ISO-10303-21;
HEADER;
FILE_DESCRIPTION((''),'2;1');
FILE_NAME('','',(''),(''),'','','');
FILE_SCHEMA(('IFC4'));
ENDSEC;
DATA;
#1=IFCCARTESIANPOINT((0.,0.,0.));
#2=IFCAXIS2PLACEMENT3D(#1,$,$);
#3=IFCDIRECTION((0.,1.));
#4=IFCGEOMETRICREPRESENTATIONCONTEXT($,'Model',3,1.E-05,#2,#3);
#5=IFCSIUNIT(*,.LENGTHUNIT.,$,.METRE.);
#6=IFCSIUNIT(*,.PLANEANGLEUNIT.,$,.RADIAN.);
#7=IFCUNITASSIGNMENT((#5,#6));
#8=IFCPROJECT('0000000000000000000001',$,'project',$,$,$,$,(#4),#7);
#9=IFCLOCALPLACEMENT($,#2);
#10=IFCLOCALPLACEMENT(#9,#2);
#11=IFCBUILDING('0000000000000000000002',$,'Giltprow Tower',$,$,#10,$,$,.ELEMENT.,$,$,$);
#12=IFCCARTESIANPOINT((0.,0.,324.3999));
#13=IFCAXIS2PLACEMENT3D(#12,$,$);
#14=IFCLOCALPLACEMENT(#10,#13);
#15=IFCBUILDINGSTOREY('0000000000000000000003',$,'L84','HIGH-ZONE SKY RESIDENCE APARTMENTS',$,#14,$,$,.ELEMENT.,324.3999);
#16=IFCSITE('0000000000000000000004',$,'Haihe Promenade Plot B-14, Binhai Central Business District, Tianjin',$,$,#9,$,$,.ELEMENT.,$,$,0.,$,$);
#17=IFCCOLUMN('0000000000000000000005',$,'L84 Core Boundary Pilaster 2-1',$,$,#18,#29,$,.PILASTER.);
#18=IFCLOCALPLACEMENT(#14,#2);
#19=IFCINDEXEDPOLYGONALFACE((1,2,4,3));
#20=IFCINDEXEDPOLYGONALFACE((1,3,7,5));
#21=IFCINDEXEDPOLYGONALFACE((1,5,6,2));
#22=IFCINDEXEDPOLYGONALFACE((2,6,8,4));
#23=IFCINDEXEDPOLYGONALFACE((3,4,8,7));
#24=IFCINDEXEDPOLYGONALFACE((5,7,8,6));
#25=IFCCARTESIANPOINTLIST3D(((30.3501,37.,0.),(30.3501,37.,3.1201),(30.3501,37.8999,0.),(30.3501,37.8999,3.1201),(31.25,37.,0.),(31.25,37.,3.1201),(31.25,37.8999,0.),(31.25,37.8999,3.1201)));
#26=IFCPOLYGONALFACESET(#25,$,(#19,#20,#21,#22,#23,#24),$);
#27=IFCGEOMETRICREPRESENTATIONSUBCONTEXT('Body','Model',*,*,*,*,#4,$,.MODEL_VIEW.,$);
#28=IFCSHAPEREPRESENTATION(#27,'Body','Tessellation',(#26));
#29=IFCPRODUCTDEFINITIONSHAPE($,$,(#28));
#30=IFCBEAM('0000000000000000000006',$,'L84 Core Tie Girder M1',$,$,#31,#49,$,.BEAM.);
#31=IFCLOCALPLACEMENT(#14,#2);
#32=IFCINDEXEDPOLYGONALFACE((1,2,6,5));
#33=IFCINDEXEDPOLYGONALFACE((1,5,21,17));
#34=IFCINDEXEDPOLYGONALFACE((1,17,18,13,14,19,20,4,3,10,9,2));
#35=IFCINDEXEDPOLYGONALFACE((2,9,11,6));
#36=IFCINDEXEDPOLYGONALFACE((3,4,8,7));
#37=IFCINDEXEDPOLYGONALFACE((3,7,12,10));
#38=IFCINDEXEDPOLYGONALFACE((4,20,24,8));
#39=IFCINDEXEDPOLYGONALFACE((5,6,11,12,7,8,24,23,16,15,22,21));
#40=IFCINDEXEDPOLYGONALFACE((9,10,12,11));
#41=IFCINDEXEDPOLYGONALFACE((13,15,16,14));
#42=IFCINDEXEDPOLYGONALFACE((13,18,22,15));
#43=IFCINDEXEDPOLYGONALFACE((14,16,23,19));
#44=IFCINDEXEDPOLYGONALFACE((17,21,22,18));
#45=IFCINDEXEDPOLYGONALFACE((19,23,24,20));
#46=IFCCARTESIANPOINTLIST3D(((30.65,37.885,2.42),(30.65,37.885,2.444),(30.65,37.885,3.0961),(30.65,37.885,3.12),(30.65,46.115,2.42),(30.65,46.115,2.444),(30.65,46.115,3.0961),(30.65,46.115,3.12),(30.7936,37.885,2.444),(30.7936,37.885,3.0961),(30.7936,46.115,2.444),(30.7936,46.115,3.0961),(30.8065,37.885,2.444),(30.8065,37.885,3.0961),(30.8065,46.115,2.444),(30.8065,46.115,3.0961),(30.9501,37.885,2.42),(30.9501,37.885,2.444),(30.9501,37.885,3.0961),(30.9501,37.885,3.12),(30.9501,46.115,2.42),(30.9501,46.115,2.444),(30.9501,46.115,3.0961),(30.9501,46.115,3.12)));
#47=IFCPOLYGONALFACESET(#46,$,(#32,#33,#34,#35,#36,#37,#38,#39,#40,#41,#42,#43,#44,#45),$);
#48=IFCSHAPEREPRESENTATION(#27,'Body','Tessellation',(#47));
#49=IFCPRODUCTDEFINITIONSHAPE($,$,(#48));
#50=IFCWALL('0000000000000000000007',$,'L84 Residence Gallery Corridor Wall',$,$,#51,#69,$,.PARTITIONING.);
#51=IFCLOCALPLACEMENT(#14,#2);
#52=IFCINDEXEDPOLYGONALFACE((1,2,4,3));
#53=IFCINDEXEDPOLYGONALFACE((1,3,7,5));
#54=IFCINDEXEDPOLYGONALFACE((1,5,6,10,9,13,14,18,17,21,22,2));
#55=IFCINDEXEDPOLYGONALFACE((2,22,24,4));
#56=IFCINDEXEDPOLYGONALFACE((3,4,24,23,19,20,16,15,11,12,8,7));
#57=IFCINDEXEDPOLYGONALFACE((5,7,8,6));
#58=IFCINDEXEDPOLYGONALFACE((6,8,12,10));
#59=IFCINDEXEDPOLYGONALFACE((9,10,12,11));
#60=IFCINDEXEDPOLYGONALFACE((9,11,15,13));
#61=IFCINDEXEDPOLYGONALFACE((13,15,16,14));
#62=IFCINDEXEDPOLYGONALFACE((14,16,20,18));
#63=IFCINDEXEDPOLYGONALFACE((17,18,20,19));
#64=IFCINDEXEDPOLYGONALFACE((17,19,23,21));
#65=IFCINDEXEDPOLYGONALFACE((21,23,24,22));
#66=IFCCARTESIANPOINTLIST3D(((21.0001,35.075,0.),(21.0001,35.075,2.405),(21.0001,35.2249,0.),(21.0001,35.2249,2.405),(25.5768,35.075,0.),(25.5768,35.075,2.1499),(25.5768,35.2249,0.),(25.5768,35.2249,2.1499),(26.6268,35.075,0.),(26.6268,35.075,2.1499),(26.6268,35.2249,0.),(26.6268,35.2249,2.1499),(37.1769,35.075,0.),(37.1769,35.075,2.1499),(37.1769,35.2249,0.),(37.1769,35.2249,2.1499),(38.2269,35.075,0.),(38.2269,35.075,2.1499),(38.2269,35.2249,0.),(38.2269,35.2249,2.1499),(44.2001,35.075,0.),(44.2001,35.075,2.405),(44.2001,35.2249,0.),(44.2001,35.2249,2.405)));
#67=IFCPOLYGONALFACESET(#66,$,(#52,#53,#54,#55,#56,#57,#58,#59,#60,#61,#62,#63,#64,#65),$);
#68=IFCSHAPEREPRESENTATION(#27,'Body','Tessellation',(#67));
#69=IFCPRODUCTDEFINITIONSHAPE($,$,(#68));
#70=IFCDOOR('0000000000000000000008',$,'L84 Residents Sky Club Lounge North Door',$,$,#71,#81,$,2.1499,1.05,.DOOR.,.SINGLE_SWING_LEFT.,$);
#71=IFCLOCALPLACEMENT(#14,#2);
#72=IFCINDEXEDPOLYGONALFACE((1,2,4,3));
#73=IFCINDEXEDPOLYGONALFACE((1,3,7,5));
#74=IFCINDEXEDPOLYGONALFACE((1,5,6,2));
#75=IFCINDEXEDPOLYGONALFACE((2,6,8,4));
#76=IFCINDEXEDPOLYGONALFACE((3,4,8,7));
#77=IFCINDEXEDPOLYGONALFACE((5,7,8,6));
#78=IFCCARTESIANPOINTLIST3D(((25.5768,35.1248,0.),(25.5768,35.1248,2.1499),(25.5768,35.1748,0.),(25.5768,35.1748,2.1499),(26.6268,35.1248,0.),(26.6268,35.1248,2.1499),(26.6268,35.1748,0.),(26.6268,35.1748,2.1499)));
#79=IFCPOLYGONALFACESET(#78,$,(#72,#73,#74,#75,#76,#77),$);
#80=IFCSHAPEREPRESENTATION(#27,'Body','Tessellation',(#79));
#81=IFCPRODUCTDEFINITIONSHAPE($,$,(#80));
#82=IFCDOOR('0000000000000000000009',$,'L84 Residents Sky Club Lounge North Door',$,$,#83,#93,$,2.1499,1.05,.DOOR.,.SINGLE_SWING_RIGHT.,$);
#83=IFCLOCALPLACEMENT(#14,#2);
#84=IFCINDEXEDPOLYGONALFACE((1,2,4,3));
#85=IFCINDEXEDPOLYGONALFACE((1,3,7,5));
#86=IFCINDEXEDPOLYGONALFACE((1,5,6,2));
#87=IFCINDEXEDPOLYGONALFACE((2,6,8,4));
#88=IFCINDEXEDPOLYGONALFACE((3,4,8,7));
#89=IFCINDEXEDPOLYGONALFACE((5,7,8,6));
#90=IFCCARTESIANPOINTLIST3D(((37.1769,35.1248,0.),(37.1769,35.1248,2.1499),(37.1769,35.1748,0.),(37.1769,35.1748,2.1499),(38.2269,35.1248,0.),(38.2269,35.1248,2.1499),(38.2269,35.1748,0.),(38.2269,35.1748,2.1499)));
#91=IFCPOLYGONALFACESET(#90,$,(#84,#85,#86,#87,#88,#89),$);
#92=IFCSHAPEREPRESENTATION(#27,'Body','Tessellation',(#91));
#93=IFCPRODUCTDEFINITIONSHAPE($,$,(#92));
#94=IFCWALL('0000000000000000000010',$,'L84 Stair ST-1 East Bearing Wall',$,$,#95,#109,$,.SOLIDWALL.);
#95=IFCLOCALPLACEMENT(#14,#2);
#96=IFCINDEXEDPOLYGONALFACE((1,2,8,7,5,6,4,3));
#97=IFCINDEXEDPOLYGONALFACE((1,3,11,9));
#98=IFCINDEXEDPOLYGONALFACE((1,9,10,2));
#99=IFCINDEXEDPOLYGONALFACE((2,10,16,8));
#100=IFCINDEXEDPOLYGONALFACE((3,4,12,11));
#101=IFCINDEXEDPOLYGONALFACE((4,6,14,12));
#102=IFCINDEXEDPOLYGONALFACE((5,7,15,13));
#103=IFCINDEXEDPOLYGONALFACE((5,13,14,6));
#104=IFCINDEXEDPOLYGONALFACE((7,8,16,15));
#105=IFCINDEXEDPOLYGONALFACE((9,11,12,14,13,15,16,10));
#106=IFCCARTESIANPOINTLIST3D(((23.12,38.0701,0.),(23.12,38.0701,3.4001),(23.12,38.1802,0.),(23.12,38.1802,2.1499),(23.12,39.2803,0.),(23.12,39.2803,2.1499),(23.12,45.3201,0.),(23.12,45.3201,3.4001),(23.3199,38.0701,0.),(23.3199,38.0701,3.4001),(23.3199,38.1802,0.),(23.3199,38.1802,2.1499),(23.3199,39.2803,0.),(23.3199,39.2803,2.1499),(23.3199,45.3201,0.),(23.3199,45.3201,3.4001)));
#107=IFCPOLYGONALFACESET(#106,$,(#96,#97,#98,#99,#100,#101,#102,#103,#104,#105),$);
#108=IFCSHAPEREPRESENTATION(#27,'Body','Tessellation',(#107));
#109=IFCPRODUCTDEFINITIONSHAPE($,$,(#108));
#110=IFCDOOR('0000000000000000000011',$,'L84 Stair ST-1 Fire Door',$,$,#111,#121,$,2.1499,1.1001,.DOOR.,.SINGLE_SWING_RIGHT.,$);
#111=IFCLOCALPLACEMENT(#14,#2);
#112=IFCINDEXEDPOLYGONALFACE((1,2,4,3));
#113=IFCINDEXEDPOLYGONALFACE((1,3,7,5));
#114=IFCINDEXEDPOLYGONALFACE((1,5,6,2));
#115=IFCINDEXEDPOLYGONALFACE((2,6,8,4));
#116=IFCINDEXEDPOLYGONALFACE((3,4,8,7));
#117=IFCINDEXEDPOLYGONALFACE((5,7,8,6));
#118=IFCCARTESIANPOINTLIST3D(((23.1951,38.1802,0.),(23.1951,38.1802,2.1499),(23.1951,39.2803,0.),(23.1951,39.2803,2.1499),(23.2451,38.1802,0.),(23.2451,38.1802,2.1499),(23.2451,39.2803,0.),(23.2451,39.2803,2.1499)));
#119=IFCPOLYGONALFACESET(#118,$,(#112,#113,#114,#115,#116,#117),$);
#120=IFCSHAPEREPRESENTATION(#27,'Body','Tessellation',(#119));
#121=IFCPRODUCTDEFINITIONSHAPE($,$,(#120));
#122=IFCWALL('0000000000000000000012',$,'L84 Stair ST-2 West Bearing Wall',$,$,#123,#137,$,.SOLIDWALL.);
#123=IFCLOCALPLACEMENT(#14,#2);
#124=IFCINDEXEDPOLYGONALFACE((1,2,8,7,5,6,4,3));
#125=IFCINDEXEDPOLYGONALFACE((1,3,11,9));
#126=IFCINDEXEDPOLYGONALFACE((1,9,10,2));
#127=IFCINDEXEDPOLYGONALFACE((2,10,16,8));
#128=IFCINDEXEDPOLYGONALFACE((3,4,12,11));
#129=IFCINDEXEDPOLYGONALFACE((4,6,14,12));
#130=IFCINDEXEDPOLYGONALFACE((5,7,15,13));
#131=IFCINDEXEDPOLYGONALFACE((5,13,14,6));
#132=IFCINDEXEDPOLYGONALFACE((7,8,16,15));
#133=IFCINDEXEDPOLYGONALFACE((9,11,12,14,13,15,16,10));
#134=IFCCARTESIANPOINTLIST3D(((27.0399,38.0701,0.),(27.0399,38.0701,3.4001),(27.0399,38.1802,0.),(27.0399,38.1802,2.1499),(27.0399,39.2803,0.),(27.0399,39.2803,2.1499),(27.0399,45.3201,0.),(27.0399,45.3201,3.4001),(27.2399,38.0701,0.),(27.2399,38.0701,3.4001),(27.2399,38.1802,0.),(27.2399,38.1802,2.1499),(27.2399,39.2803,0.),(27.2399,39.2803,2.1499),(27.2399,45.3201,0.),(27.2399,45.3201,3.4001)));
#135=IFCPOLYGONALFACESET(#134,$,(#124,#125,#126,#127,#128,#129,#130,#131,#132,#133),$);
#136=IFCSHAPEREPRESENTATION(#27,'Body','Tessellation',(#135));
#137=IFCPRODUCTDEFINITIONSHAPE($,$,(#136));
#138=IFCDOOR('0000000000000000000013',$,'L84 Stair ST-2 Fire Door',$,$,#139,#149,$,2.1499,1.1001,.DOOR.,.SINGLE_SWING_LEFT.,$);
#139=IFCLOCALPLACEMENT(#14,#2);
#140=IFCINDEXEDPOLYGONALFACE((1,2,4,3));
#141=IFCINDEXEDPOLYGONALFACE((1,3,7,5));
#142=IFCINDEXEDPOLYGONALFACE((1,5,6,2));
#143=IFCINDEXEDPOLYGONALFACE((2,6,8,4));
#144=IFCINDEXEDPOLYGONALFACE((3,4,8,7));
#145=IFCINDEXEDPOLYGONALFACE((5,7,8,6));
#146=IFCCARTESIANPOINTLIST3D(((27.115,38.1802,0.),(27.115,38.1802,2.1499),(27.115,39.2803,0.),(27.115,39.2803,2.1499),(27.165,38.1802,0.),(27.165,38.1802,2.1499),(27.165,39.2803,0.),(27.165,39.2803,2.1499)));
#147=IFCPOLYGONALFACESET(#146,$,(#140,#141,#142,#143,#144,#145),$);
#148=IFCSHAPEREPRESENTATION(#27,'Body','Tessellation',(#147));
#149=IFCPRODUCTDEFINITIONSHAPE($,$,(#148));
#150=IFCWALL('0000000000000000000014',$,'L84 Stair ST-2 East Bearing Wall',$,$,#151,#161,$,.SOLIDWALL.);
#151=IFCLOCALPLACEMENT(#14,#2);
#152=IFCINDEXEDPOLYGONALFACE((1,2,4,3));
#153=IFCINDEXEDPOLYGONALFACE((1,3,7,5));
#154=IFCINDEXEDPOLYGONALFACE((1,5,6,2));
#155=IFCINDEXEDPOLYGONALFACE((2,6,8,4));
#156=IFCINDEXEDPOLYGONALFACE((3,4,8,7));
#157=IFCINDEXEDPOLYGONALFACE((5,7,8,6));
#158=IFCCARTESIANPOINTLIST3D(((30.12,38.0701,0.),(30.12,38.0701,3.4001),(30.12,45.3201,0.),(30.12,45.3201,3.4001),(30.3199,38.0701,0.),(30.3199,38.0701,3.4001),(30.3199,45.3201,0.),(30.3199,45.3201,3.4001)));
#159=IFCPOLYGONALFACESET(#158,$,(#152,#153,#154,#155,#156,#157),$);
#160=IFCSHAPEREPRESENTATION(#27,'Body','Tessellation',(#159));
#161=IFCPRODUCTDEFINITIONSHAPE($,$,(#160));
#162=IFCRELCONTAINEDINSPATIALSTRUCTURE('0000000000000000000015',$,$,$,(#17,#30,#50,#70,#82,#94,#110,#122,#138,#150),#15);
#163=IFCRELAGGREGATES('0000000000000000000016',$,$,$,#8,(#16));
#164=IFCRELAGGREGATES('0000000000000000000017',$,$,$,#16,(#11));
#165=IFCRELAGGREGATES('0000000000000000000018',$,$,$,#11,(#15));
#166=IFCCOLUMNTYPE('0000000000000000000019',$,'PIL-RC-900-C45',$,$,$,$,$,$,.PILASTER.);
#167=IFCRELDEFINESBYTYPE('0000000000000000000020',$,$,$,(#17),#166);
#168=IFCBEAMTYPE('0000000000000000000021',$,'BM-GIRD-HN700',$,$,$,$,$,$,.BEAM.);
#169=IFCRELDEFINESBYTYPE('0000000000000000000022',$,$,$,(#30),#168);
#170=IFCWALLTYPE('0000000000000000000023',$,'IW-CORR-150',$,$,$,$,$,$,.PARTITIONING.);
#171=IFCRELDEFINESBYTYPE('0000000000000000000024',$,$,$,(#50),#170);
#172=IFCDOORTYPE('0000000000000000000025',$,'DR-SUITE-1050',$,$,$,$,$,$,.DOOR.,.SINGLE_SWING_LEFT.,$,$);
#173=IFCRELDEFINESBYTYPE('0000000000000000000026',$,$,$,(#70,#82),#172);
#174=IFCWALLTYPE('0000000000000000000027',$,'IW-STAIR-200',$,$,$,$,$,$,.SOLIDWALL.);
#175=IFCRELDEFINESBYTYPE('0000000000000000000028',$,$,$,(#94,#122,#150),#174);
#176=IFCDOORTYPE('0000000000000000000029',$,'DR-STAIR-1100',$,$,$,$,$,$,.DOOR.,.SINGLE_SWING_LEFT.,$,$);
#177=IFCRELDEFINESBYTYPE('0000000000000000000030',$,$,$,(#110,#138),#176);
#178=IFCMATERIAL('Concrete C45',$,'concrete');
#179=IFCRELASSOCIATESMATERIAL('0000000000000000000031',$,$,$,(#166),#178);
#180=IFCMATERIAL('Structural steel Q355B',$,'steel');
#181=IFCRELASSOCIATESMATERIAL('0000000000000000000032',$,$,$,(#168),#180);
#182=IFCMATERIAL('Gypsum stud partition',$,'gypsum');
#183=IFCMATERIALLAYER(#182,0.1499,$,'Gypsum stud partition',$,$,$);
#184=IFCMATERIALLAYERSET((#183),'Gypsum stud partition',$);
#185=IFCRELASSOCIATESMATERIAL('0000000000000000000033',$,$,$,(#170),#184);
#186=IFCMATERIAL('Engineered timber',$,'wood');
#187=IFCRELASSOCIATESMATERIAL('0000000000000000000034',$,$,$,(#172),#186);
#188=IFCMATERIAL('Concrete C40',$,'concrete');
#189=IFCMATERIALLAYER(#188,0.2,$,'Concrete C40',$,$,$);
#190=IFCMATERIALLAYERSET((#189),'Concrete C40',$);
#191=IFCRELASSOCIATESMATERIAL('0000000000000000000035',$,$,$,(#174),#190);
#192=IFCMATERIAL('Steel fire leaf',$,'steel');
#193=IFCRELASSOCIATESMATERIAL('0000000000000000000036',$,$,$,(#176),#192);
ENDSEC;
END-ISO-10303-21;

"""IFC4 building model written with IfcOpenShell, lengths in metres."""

from ifc_helpers import new_model, si_unit, direction, frame, frame_2d, origin, origin_2d, place, context, subcontext, project, spatial, rectangle, i_section, extrude, source, transform, mapped, material, layer, layer_set, material_profile, profile_set, type_object, element, fill, save


model = new_model("IFC4")

# Units and contexts
model_context = context("Model", 3, precision=1e-05, world=origin(), true_north=direction((0.0, 1.0)))
body_context = subcontext(model_context, "Body", "Model", "MODEL_VIEW")
ifc_project = project(units=[si_unit("LENGTHUNIT", "METRE"), si_unit("PLANEANGLEUNIT", "RADIAN")], contexts=[model_context])

# Site, building, storey
site_placement = place(None, origin())
site = spatial("IfcSite", under=ifc_project, at=site_placement, Name="Haihe Promenade Plot B-14, Binhai Central Business District, Tianjin", CompositionType="ELEMENT", RefElevation=0.0)
building_placement = place(site_placement, origin())
building = spatial("IfcBuilding", under=site, at=building_placement, Name="Giltprow Tower", CompositionType="ELEMENT")
storey_placement = place(building_placement, frame((0.0, 0.0, 324.3999)))
storey = spatial("IfcBuildingStorey", under=building, at=storey_placement, Name="L84", Description="HIGH-ZONE SKY RESIDENCE APARTMENTS", CompositionType="ELEMENT", Elevation=324.3999)

# Column
ifc_material_1 = material(Name="Concrete C45", Category="concrete")
ifc_material_profile_1 = material_profile(ifc_material_1, rectangle(XDim=0.8999, YDim=0.8999, at=origin_2d()), Name="RC 900x900")
ifc_profile_set_1 = profile_set([ifc_material_profile_1], Name="Concrete C45")
column_type = type_object("IfcColumnType", Name="PIL-RC-900-C45", PredefinedType="PILASTER", material=ifc_profile_set_1)
shared_shape_1 = source(origin(), body_context, "Body", "SweptSolid", [
    extrude(rectangle(XDim=0.8999, YDim=0.8999, at=origin_2d()), origin(), (0.0, 0.0, 1.0), 3.1201),
])
column_placement = place(storey_placement, frame((30.8, 37.45, 0.0), z_axis=(0.0, 0.0, 1.0), x_axis=(1.0, 0.0, 0.0)))
element("IfcColumn", 1, at=column_placement, inside=storey, type_object=column_type, Name="L84 Core Boundary Pilaster 2-1", PredefinedType="PILASTER", context=body_context, shape_type="MappedRepresentation", body=[
    mapped(shared_shape_1, transform((0.0, 0.0, 0.0), x_axis=(1.0, 0.0, 0.0), y_axis=(0.0, 1.0, 0.0), z_axis=(0.0, 0.0, 1.0), scale=1.0)),
])

# Beam
ifc_material_2 = material(Name="Structural steel Q355B", Category="steel")
ifc_material_profile_2 = material_profile(ifc_material_2, i_section(OverallWidth=0.3, OverallDepth=0.7, WebThickness=0.0129, FlangeThickness=0.0239, at=origin_2d()), Name="HN 700x300x13x24")
ifc_profile_set_2 = profile_set([ifc_material_profile_2], Name="Structural steel Q355B")
beam_type = type_object("IfcBeamType", Name="BM-GIRD-HN700", PredefinedType="BEAM", material=ifc_profile_set_2)
shared_shape_2 = source(origin(), body_context, "Body", "SweptSolid", [
    extrude(i_section(OverallWidth=0.3, OverallDepth=0.7, WebThickness=0.0129, FlangeThickness=0.0239, at=origin_2d()), origin(), (0.0, 0.0, 1.0), 8.23),
])
beam_placement = place(storey_placement, frame((30.8, 37.885, 2.77), z_axis=(0.0, 1.0, 0.0), x_axis=(-1.0, 0.0, 0.0)))
element("IfcBeam", 2, at=beam_placement, inside=storey, type_object=beam_type, Name="L84 Core Tie Girder M1", PredefinedType="BEAM", context=body_context, shape_type="MappedRepresentation", body=[
    mapped(shared_shape_2, transform((0.0, 0.0, 0.0), x_axis=(1.0, 0.0, 0.0), y_axis=(0.0, 1.0, 0.0), z_axis=(0.0, 0.0, 1.0), scale=1.0)),
])

# Wall, openings, doors
ifc_material_3 = material(Name="Gypsum stud partition", Category="gypsum")
ifc_layer_1 = layer(ifc_material_3, 0.1499, Name="Gypsum stud partition")
ifc_layer_set_1 = layer_set([ifc_layer_1], Name="Gypsum stud partition")
wall_type_1 = type_object("IfcWallType", Name="IW-CORR-150", PredefinedType="PARTITIONING", material=ifc_layer_set_1)
wall_1_placement = place(storey_placement, frame((21.0, 35.1499, 0.0), z_axis=(0.0, 0.0, 1.0), x_axis=(1.0, 0.0, 0.0)))
wall_1 = element("IfcWall", 3, at=wall_1_placement, inside=storey, type_object=wall_type_1, Name="L84 Residence Gallery Corridor Wall", PredefinedType="PARTITIONING", context=body_context, shape_type="SweptSolid", body=[
    extrude(rectangle(XDim=23.2, YDim=0.1499, at=frame_2d((11.6001, 0.0))), origin(), (0.0, 0.0, 1.0), 2.405),
])
opening_1_placement = place(wall_1_placement, frame((4.5769, 0.0, 0.0)))
opening_1 = element("IfcOpeningElement", 4, at=opening_1_placement, cuts=wall_1, PredefinedType="OPENING", context=body_context, shape_type="SweptSolid", body=[
    extrude(rectangle(XDim=1.05, YDim=2.1499, at=frame_2d((0.5249, 1.075))), frame((0.0, 0.085, 0.0), z_axis=(0.0, -1.0, 0.0), x_axis=(1.0, 0.0, 0.0)), (0.0, 0.0, 1.0), 0.1699),
])
opening_2_placement = place(wall_1_placement, frame((16.177, 0.0, 0.0)))
opening_2 = element("IfcOpeningElement", 5, at=opening_2_placement, cuts=wall_1, PredefinedType="OPENING", context=body_context, shape_type="SweptSolid", body=[
    extrude(rectangle(XDim=1.05, YDim=2.1499, at=frame_2d((0.5249, 1.075))), frame((0.0, 0.085, 0.0), z_axis=(0.0, -1.0, 0.0), x_axis=(1.0, 0.0, 0.0)), (0.0, 0.0, 1.0), 0.1699),
])
ifc_material_4 = material(Name="Engineered timber", Category="wood")
door_type_1 = type_object("IfcDoorType", Name="DR-SUITE-1050", OperationType="SINGLE_SWING_LEFT", PredefinedType="DOOR", material=ifc_material_4)
shared_shape_3 = source(origin(), body_context, "Body", "SweptSolid", [
    extrude(rectangle(XDim=1.05, YDim=2.1499, at=frame_2d((0.5249, 1.075))), frame((0.0, 0.0249, 0.0), z_axis=(0.0, -1.0, 0.0), x_axis=(1.0, 0.0, 0.0)), (0.0, 0.0, 1.0), 0.05),
])
door_1_placement = place(opening_1_placement, origin())
door_1 = element("IfcDoor", 6, at=door_1_placement, inside=storey, type_object=door_type_1, Name="L84 Residents Sky Club Lounge North Door", OperationType="SINGLE_SWING_LEFT", OverallHeight=2.1499, OverallWidth=1.05, PredefinedType="DOOR", context=body_context, shape_type="MappedRepresentation", body=[
    mapped(shared_shape_3, transform((0.0, 0.0, 0.0), x_axis=(1.0, 0.0, 0.0), y_axis=(0.0, 1.0, 0.0), z_axis=(0.0, 0.0, 1.0), scale=1.0)),
])
fill(opening_1, door_1)
door_2_placement = place(opening_2_placement, origin())
door_2 = element("IfcDoor", 7, at=door_2_placement, inside=storey, type_object=door_type_1, Name="L84 Residents Sky Club Lounge North Door", OperationType="SINGLE_SWING_RIGHT", OverallHeight=2.1499, OverallWidth=1.05, PredefinedType="DOOR", context=body_context, shape_type="MappedRepresentation", body=[
    mapped(shared_shape_3, transform((0.0, 0.0, 0.0), x_axis=(1.0, 0.0, 0.0), y_axis=(0.0, 1.0, 0.0), z_axis=(0.0, 0.0, 1.0), scale=1.0)),
])
fill(opening_2, door_2)

# Walls, openings, doors
ifc_material_5 = material(Name="Concrete C40", Category="concrete")
ifc_layer_2 = layer(ifc_material_5, 0.2, Name="Concrete C40")
ifc_layer_set_2 = layer_set([ifc_layer_2], Name="Concrete C40")
wall_type_2 = type_object("IfcWallType", Name="IW-STAIR-200", PredefinedType="SOLIDWALL", material=ifc_layer_set_2)
wall_2_placement = place(storey_placement, frame((23.22, 38.0701, 0.0), z_axis=(0.0, 0.0, 1.0), x_axis=(0.0, 1.0, 0.0)))
wall_2 = element("IfcWall", 8, at=wall_2_placement, inside=storey, type_object=wall_type_2, Name="L84 Stair ST-1 East Bearing Wall", PredefinedType="SOLIDWALL", context=body_context, shape_type="SweptSolid", body=[
    extrude(rectangle(XDim=7.25, YDim=0.2, at=frame_2d((3.625, 0.0))), origin(), (0.0, 0.0, 1.0), 3.4001),
])
opening_3_placement = place(wall_2_placement, frame((0.1101, 0.0, 0.0)))
opening_3 = element("IfcOpeningElement", 9, at=opening_3_placement, cuts=wall_2, PredefinedType="OPENING", context=body_context, shape_type="SweptSolid", body=[
    extrude(rectangle(XDim=1.1001, YDim=2.1499, at=frame_2d((0.55, 1.075))), frame((0.0, 0.1099, 0.0), z_axis=(0.0, -1.0, 0.0), x_axis=(1.0, 0.0, 0.0)), (0.0, 0.0, 1.0), 0.22),
])
ifc_material_6 = material(Name="Steel fire leaf", Category="steel")
door_type_2 = type_object("IfcDoorType", Name="DR-STAIR-1100", OperationType="SINGLE_SWING_LEFT", PredefinedType="DOOR", material=ifc_material_6)
shared_shape_4 = source(origin(), body_context, "Body", "SweptSolid", [
    extrude(rectangle(XDim=1.1001, YDim=2.1499, at=frame_2d((0.55, 1.075))), frame((0.0, 0.0249, 0.0), z_axis=(0.0, -1.0, 0.0), x_axis=(1.0, 0.0, 0.0)), (0.0, 0.0, 1.0), 0.05),
])
door_3_placement = place(opening_3_placement, origin())
door_3 = element("IfcDoor", 10, at=door_3_placement, inside=storey, type_object=door_type_2, Name="L84 Stair ST-1 Fire Door", OperationType="SINGLE_SWING_RIGHT", OverallHeight=2.1499, OverallWidth=1.1001, PredefinedType="DOOR", context=body_context, shape_type="MappedRepresentation", body=[
    mapped(shared_shape_4, transform((0.0, 0.0, 0.0), x_axis=(1.0, 0.0, 0.0), y_axis=(0.0, 1.0, 0.0), z_axis=(0.0, 0.0, 1.0), scale=1.0)),
])
fill(opening_3, door_3)
wall_3_placement = place(storey_placement, frame((27.1399, 38.0701, 0.0), z_axis=(0.0, 0.0, 1.0), x_axis=(0.0, 1.0, 0.0)))
wall_3 = element("IfcWall", 11, at=wall_3_placement, inside=storey, type_object=wall_type_2, Name="L84 Stair ST-2 West Bearing Wall", PredefinedType="SOLIDWALL", context=body_context, shape_type="SweptSolid", body=[
    extrude(rectangle(XDim=7.25, YDim=0.2, at=frame_2d((3.625, 0.0))), origin(), (0.0, 0.0, 1.0), 3.4001),
])
opening_4_placement = place(wall_3_placement, frame((0.1101, 0.0, 0.0)))
opening_4 = element("IfcOpeningElement", 12, at=opening_4_placement, cuts=wall_3, PredefinedType="OPENING", context=body_context, shape_type="SweptSolid", body=[
    extrude(rectangle(XDim=1.1001, YDim=2.1499, at=frame_2d((0.55, 1.075))), frame((0.0, 0.1099, 0.0), z_axis=(0.0, -1.0, 0.0), x_axis=(1.0, 0.0, 0.0)), (0.0, 0.0, 1.0), 0.22),
])
door_4_placement = place(opening_4_placement, origin())
door_4 = element("IfcDoor", 13, at=door_4_placement, inside=storey, type_object=door_type_2, Name="L84 Stair ST-2 Fire Door", OperationType="SINGLE_SWING_LEFT", OverallHeight=2.1499, OverallWidth=1.1001, PredefinedType="DOOR", context=body_context, shape_type="MappedRepresentation", body=[
    mapped(shared_shape_4, transform((0.0, 0.0, 0.0), x_axis=(1.0, 0.0, 0.0), y_axis=(0.0, 1.0, 0.0), z_axis=(0.0, 0.0, 1.0), scale=1.0)),
])
fill(opening_4, door_4)

# Wall
wall_4_placement = place(storey_placement, frame((30.22, 38.0701, 0.0), z_axis=(0.0, 0.0, 1.0), x_axis=(0.0, 1.0, 0.0)))
element("IfcWall", 14, at=wall_4_placement, inside=storey, type_object=wall_type_2, Name="L84 Stair ST-2 East Bearing Wall", PredefinedType="SOLIDWALL", context=body_context, shape_type="SweptSolid", body=[
    extrude(rectangle(XDim=7.25, YDim=0.2, at=frame_2d((3.625, 0.0))), origin(), (0.0, 0.0, 1.0), 3.4001),
])

save(model, "model.ifc")
